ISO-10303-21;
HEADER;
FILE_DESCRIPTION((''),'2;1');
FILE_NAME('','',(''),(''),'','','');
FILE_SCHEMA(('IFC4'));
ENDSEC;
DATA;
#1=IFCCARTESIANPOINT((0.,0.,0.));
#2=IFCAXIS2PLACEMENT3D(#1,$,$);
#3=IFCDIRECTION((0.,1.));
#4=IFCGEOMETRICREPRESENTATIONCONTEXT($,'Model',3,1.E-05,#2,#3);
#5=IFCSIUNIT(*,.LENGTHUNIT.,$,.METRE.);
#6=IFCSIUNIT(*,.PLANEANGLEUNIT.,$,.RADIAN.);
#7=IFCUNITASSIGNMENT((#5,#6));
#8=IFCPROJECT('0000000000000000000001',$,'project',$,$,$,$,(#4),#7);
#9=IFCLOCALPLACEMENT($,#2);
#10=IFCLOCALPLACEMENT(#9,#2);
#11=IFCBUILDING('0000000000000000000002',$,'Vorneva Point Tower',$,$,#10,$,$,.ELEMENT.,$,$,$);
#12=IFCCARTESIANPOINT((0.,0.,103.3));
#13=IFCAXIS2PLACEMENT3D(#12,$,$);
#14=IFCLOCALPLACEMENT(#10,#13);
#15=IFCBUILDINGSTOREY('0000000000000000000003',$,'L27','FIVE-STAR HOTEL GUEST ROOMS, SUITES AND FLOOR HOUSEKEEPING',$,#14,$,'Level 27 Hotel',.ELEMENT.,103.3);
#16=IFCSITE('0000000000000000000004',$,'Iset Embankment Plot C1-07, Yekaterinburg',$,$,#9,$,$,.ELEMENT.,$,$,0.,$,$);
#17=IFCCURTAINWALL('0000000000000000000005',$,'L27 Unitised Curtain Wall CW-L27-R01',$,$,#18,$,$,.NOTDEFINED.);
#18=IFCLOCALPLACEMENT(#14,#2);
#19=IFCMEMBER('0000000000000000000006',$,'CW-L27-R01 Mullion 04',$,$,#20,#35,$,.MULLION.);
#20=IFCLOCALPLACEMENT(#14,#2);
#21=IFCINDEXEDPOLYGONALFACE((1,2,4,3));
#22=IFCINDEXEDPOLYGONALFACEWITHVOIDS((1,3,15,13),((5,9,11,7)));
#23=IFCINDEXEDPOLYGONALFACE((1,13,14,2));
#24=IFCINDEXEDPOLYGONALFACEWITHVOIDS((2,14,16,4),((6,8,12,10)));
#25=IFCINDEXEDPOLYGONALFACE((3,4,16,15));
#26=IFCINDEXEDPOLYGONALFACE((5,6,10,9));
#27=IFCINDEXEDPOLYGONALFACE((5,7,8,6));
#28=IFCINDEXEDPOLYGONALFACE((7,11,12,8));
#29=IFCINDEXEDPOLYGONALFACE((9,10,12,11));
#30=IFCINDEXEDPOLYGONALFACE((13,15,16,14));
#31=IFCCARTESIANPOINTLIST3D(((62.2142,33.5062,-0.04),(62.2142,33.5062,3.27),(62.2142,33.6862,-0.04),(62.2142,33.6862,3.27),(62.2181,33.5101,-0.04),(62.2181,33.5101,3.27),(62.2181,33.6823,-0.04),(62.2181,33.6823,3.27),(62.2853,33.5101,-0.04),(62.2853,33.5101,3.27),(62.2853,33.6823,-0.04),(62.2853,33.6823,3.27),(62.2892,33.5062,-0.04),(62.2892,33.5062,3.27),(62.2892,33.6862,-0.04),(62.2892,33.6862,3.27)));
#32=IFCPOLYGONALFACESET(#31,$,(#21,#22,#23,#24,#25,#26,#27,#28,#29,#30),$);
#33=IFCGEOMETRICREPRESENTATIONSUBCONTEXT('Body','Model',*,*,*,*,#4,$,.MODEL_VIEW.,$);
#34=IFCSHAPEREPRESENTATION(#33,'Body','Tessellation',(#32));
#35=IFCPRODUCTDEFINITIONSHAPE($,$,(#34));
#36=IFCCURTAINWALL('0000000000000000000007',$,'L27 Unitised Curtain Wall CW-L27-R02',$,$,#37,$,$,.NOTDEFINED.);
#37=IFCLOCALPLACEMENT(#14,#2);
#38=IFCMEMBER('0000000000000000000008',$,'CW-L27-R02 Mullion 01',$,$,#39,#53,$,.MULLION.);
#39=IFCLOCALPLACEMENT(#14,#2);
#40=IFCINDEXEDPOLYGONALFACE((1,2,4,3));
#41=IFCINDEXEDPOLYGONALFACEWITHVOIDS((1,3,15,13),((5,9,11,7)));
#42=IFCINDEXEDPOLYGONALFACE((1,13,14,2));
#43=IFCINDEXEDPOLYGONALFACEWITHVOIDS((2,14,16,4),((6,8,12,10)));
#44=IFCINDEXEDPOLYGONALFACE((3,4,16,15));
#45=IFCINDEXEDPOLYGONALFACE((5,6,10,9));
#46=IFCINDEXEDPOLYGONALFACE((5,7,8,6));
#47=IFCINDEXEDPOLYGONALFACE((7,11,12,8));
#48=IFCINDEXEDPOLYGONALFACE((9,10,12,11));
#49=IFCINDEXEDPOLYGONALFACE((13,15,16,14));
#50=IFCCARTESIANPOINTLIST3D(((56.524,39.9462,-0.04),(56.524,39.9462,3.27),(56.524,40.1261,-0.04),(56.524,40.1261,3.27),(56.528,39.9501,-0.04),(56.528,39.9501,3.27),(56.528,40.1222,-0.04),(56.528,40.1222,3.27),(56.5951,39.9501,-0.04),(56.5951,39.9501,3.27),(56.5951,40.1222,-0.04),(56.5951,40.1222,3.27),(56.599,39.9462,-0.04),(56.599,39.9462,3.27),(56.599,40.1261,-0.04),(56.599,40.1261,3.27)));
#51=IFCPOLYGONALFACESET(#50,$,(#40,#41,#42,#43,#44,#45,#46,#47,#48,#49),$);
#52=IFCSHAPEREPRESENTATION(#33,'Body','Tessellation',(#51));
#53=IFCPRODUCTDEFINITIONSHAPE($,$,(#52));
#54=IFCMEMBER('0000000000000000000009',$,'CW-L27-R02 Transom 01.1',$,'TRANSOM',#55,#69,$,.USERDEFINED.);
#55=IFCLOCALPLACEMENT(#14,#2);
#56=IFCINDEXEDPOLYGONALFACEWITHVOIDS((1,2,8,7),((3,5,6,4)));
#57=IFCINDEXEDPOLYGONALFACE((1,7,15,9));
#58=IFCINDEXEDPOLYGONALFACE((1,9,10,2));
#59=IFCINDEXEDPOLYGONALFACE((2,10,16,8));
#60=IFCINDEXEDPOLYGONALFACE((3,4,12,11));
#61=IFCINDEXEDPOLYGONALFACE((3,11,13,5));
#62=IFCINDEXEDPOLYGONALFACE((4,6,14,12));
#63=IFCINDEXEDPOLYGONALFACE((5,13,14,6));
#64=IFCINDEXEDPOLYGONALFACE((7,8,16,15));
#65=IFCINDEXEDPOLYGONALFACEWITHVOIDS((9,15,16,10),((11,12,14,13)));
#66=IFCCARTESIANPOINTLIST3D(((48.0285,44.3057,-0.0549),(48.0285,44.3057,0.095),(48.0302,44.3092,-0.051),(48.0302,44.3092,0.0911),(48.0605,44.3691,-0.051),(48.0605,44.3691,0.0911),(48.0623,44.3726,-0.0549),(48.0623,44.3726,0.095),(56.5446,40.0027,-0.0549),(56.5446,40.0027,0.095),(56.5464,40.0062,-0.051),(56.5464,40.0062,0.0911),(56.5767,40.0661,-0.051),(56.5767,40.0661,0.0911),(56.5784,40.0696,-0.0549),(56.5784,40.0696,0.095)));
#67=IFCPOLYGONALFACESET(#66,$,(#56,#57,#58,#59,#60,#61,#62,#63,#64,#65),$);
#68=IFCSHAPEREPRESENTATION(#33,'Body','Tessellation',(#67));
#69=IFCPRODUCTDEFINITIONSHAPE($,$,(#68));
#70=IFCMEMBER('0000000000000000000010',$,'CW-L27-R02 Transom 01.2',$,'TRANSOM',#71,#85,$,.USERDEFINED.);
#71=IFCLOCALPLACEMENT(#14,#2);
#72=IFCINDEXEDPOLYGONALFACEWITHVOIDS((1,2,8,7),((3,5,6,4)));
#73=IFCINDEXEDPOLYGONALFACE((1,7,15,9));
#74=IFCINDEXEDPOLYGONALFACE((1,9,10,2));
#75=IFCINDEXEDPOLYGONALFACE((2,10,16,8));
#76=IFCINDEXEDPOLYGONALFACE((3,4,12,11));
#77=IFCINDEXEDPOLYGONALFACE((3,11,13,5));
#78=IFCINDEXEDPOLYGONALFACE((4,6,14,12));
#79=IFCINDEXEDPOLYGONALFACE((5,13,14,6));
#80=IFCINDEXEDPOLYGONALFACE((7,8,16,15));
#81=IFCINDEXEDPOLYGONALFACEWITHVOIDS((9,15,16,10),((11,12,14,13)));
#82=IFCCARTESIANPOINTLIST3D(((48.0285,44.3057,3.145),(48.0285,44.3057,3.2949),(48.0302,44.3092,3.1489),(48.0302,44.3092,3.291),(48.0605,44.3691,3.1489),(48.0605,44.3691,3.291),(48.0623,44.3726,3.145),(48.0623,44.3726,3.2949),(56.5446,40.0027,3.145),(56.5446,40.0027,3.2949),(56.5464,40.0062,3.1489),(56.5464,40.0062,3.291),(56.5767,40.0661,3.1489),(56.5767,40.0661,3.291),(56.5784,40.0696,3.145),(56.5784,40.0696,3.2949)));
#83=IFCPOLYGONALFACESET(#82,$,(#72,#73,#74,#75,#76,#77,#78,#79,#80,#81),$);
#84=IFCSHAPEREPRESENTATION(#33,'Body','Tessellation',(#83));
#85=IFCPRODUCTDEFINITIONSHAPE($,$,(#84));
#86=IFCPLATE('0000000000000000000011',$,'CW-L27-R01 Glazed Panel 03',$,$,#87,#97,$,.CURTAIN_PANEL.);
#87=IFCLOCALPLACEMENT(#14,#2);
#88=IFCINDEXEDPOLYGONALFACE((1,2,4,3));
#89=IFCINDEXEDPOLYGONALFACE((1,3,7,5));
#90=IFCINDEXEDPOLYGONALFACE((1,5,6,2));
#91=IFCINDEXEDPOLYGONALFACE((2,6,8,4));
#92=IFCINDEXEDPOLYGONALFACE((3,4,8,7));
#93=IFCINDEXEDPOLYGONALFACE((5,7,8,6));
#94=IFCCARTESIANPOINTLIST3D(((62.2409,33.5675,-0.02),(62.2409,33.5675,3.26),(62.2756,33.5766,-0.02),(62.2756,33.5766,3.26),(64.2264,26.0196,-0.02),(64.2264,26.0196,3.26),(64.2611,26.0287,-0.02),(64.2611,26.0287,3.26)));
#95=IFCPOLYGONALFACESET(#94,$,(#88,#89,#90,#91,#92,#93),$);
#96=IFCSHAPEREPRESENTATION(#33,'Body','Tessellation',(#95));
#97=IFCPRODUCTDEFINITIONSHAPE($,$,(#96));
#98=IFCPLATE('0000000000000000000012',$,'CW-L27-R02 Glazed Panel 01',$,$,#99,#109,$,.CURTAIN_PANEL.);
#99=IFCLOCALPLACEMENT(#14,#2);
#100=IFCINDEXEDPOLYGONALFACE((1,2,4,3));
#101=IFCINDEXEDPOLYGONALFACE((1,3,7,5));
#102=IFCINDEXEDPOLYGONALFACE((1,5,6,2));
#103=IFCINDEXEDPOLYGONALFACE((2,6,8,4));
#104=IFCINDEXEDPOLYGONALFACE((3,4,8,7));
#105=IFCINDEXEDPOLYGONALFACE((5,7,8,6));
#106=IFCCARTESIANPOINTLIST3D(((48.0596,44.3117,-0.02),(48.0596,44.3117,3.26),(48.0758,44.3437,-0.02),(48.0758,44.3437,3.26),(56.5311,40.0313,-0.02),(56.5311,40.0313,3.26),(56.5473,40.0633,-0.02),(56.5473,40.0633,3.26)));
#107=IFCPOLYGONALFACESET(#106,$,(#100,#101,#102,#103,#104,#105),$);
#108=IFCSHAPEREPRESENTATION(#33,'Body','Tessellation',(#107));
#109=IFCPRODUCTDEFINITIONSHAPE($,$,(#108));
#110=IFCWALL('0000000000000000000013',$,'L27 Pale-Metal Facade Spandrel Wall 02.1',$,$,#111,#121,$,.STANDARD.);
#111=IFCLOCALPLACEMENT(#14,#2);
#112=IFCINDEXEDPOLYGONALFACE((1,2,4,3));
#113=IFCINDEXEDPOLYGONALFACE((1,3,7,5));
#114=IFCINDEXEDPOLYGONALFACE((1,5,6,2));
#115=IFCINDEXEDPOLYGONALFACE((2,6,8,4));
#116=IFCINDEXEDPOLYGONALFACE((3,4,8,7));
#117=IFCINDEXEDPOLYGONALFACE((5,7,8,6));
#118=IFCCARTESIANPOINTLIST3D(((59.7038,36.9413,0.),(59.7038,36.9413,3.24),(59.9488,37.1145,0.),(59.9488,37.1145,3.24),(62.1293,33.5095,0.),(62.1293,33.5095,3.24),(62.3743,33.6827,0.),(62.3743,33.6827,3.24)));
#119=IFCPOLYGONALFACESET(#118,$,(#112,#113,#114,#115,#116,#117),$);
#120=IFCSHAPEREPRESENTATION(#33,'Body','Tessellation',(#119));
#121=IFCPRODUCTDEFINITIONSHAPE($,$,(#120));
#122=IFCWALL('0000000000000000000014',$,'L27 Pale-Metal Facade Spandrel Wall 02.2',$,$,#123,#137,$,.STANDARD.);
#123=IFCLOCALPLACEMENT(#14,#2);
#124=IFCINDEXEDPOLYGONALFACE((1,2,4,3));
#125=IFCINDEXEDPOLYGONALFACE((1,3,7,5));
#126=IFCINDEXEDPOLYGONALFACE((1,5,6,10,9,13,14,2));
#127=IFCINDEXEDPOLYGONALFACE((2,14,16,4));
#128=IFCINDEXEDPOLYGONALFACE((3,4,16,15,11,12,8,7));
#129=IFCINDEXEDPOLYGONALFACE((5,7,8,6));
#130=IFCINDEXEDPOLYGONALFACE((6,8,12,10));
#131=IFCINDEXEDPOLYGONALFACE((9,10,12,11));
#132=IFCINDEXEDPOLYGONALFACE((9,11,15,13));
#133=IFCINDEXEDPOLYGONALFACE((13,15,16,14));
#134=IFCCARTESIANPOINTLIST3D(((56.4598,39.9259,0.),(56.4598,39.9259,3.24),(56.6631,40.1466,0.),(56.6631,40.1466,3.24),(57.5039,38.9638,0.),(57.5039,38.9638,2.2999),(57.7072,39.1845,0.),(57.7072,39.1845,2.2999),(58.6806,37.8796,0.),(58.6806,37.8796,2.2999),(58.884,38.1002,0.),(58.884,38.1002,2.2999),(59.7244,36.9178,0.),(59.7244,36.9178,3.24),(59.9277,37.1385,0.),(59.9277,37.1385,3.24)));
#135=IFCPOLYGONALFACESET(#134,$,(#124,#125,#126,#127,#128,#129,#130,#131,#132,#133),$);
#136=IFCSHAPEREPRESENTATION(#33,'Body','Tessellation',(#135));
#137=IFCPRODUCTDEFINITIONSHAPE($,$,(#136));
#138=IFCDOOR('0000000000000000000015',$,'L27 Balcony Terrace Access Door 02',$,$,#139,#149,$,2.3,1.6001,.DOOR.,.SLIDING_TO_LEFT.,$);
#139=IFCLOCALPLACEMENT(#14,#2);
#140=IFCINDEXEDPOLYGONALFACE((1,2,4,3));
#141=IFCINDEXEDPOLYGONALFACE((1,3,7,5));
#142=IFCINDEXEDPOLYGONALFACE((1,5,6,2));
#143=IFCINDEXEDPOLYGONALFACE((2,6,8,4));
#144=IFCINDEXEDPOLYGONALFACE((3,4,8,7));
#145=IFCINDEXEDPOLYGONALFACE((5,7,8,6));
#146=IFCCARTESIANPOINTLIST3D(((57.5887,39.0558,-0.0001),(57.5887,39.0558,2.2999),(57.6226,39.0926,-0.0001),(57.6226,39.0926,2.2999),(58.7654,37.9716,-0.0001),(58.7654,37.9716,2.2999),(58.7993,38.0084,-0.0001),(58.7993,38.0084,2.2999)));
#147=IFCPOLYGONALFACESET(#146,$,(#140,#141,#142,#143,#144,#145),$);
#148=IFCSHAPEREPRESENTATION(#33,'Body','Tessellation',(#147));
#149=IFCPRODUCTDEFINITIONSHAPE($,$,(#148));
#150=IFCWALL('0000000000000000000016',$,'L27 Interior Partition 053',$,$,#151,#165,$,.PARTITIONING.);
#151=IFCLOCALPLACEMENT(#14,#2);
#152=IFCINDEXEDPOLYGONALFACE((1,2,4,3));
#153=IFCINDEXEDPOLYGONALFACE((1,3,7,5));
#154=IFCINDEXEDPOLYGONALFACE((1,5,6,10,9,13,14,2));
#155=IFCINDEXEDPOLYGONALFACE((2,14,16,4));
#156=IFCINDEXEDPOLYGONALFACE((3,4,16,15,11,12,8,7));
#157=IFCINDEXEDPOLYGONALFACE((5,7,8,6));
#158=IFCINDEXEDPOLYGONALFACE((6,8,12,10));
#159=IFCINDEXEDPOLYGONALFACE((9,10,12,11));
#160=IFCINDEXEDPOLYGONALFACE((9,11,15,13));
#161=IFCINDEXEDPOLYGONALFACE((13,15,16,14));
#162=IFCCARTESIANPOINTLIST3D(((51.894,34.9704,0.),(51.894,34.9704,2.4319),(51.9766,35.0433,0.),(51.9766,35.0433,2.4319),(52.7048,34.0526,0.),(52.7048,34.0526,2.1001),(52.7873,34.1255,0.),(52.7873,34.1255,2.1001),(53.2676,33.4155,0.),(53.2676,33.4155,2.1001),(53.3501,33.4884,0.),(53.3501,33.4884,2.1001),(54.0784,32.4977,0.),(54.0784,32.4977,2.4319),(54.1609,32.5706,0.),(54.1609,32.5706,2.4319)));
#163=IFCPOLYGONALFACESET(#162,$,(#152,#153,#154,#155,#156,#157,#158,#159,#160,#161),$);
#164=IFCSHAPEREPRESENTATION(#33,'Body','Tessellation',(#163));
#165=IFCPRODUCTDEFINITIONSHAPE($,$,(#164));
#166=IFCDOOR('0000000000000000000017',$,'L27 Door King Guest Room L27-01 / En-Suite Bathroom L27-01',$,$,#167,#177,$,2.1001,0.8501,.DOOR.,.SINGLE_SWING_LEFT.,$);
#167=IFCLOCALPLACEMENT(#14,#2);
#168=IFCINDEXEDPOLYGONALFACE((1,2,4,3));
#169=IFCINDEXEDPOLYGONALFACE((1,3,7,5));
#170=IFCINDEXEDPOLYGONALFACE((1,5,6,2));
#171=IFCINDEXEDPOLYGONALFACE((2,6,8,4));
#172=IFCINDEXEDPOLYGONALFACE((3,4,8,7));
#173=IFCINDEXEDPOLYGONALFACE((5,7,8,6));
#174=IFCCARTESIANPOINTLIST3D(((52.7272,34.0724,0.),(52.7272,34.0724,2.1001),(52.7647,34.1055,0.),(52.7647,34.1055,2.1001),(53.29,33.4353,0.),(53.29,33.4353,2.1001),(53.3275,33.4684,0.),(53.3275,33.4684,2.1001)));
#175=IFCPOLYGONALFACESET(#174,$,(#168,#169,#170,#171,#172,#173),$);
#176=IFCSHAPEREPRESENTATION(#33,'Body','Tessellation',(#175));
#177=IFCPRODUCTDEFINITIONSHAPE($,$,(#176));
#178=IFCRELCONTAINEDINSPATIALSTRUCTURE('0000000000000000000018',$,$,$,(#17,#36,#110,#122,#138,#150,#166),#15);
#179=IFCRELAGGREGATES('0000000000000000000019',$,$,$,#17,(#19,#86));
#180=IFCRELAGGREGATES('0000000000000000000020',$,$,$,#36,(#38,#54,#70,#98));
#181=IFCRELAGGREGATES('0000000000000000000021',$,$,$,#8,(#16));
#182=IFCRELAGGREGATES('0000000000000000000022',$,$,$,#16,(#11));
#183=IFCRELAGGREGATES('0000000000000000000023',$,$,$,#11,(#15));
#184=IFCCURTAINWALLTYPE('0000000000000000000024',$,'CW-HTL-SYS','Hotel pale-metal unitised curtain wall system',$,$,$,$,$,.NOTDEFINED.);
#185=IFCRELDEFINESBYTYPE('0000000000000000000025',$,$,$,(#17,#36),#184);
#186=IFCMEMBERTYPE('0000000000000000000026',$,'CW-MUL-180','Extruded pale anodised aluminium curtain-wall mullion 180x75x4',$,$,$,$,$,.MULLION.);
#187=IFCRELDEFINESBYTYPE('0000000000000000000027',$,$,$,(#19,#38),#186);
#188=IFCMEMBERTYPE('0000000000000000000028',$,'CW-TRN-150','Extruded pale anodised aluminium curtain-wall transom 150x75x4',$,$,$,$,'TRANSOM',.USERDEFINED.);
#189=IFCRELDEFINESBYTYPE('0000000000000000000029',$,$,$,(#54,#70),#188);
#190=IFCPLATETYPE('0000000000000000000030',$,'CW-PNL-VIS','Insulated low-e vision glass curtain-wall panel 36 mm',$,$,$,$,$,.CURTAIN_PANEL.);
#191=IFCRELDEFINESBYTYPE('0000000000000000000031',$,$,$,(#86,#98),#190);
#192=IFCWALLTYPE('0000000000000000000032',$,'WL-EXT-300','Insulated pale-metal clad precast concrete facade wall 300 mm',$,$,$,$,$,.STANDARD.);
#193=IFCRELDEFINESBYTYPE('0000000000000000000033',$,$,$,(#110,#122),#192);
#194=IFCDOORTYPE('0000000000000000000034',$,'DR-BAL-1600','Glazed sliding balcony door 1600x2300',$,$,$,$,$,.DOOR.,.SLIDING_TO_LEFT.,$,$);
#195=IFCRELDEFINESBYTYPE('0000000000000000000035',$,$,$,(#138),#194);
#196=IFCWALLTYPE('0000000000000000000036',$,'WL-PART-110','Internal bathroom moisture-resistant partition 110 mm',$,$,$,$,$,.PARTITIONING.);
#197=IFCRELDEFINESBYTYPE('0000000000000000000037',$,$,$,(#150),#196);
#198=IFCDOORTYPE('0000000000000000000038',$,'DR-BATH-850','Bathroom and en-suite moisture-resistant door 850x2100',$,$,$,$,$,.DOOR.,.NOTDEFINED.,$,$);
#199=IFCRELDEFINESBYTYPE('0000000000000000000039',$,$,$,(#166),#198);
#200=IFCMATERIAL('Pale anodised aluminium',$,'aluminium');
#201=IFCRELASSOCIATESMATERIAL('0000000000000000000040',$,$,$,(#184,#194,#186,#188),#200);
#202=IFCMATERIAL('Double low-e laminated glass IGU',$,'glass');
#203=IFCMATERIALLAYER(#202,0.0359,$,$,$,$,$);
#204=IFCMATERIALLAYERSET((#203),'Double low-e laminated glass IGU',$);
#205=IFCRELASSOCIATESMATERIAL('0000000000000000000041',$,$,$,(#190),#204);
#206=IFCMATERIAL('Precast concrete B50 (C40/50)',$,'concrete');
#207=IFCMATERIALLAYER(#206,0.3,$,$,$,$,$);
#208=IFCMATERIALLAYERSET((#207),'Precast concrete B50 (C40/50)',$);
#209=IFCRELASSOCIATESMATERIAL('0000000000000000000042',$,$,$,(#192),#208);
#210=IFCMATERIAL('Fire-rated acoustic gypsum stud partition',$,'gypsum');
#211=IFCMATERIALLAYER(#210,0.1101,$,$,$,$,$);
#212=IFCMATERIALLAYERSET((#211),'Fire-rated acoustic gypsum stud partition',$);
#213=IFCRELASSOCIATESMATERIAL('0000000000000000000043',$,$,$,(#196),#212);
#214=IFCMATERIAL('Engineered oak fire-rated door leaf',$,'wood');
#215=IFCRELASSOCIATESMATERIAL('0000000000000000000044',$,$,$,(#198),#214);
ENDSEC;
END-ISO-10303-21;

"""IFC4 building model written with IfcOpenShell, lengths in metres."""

from ifc_helpers import new_model, si_unit, direction, frame, frame_2d, origin, origin_2d, place, context, subcontext, project, spatial, rectangle, hollow_rectangle, extrude, material, layer, layer_set, material_profile, profile_set, type_object, element, fill, aggregate, save


model = new_model("IFC4")

# Units and contexts
model_context = context("Model", 3, precision=1e-05, world=origin(), true_north=direction((0.0, 1.0)))
body_context = subcontext(model_context, "Body", "Model", "MODEL_VIEW")
ifc_project = project(units=[si_unit("LENGTHUNIT", "METRE"), si_unit("PLANEANGLEUNIT", "RADIAN")], contexts=[model_context])

# Site, building, storey
site_placement = place(None, origin())
site = spatial("IfcSite", under=ifc_project, at=site_placement, Name="Iset Embankment Plot C1-07, Yekaterinburg", CompositionType="ELEMENT", RefElevation=0.0)
building_placement = place(site_placement, origin())
building = spatial("IfcBuilding", under=site, at=building_placement, Name="Vorneva Point Tower", CompositionType="ELEMENT")
storey_placement = place(building_placement, frame((0.0, 0.0, 103.3)))
storey = spatial("IfcBuildingStorey", under=building, at=storey_placement, Name="L27", Description="FIVE-STAR HOTEL GUEST ROOMS, SUITES AND FLOOR HOUSEKEEPING", LongName="Level 27 Hotel", CompositionType="ELEMENT", Elevation=103.3)

# Curtain wall, member
ifc_material_1 = material(Name="Pale anodised aluminium", Category="aluminium")
curtain_wall_type = type_object("IfcCurtainWallType", Name="CW-HTL-SYS", Description="Hotel pale-metal unitised curtain wall system", PredefinedType="NOTDEFINED", material=ifc_material_1)
curtain_wall_1_placement = place(storey_placement, origin())
curtain_wall_1 = element("IfcCurtainWall", 1, at=curtain_wall_1_placement, inside=storey, type_object=curtain_wall_type, Name="L27 Unitised Curtain Wall CW-L27-R01", PredefinedType="NOTDEFINED")
ifc_material_profile_1 = material_profile(ifc_material_1, hollow_rectangle(XDim=0.075, YDim=0.1799, WallThickness=0.0039, at=origin_2d()), Name="AL-MUL 180x75x4")
ifc_profile_set_1 = profile_set([ifc_material_profile_1], Name="Pale anodised aluminium")
member_type_1 = type_object("IfcMemberType", Name="CW-MUL-180", Description="Extruded pale anodised aluminium curtain-wall mullion 180x75x4", PredefinedType="MULLION", material=ifc_profile_set_1)
member_1_placement = place(storey_placement, frame((62.2517, 33.5962, -0.04), z_axis=(0.0, 0.0, 1.0), x_axis=(1.0, 0.0, 0.0)))
member_1 = element("IfcMember", 2, at=member_1_placement, type_object=member_type_1, Name="CW-L27-R01 Mullion 04", PredefinedType="MULLION", context=body_context, shape_type="SweptSolid", body=[
    extrude(hollow_rectangle(XDim=0.075, YDim=0.1799, WallThickness=0.0039, at=origin_2d()), origin(), (0.0, 0.0, 1.0), 3.3101),
])

# Curtain wall, members
curtain_wall_2_placement = place(storey_placement, origin())
curtain_wall_2 = element("IfcCurtainWall", 3, at=curtain_wall_2_placement, inside=storey, type_object=curtain_wall_type, Name="L27 Unitised Curtain Wall CW-L27-R02", PredefinedType="NOTDEFINED")
member_2_placement = place(storey_placement, frame((56.5615, 40.0361, -0.04), z_axis=(0.0, 0.0, 1.0), x_axis=(1.0, 0.0, 0.0)))
member_2 = element("IfcMember", 4, at=member_2_placement, type_object=member_type_1, Name="CW-L27-R02 Mullion 01", PredefinedType="MULLION", context=body_context, shape_type="SweptSolid", body=[
    extrude(hollow_rectangle(XDim=0.075, YDim=0.1799, WallThickness=0.0039, at=origin_2d()), origin(), (0.0, 0.0, 1.0), 3.3101),
])
ifc_material_profile_2 = material_profile(ifc_material_1, hollow_rectangle(XDim=0.075, YDim=0.1499, WallThickness=0.0039, at=origin_2d()), Name="AL-TRN 150x75x4")
ifc_profile_set_2 = profile_set([ifc_material_profile_2], Name="Pale anodised aluminium")
member_type_2 = type_object("IfcMemberType", Name="CW-TRN-150", Description="Extruded pale anodised aluminium curtain-wall transom 150x75x4", ElementType="TRANSOM", PredefinedType="USERDEFINED", material=ifc_profile_set_2)
member_3_placement = place(storey_placement, frame((56.5615, 40.0361, 0.02), z_axis=(-0.892536, 0.450976, 0.0), x_axis=(-0.450976, -0.892536, 0.0)))
member_3 = element("IfcMember", 5, at=member_3_placement, type_object=member_type_2, Name="CW-L27-R02 Transom 01.1", ObjectType="TRANSOM", PredefinedType="USERDEFINED", context=body_context, shape_type="SweptSolid", body=[
    extrude(hollow_rectangle(XDim=0.075, YDim=0.1499, WallThickness=0.0039, at=origin_2d()), origin(), (0.0, 0.0, 1.0), 9.5415),
])
member_4_placement = place(storey_placement, frame((56.5615, 40.0361, 3.22), z_axis=(-0.892536, 0.450976, 0.0), x_axis=(-0.450976, -0.892536, 0.0)))
member_4 = element("IfcMember", 6, at=member_4_placement, type_object=member_type_2, Name="CW-L27-R02 Transom 01.2", ObjectType="TRANSOM", PredefinedType="USERDEFINED", context=body_context, shape_type="SweptSolid", body=[
    extrude(hollow_rectangle(XDim=0.075, YDim=0.1499, WallThickness=0.0039, at=origin_2d()), origin(), (0.0, 0.0, 1.0), 9.5415),
])

# Plates
ifc_material_2 = material(Name="Double low-e laminated glass IGU", Category="glass")
ifc_layer_1 = layer(ifc_material_2, 0.0359)
ifc_layer_set_1 = layer_set([ifc_layer_1], Name="Double low-e laminated glass IGU")
plate_type = type_object("IfcPlateType", Name="CW-PNL-VIS", Description="Insulated low-e vision glass curtain-wall panel 36 mm", PredefinedType="CURTAIN_PANEL", material=ifc_layer_set_1)
plate_1_placement = place(storey_placement, frame((63.251, 29.7981, -0.02), z_axis=(0.0, 0.0, 1.0), x_axis=(-0.254399, 0.967099, 0.0)))
plate_1 = element("IfcPlate", 7, at=plate_1_placement, type_object=plate_type, Name="CW-L27-R01 Glazed Panel 03", PredefinedType="CURTAIN_PANEL", context=body_context, shape_type="SweptSolid", body=[
    extrude(rectangle(XDim=7.8047, YDim=0.0359, at=origin_2d()), origin(), (0.0, 0.0, 1.0), 3.28),
])
aggregate(curtain_wall_1, [member_1, plate_1])
plate_2_placement = place(storey_placement, frame((52.3035, 42.1875, -0.02), z_axis=(0.0, 0.0, 1.0), x_axis=(-0.892539, 0.450971, 0.0)))
plate_2 = element("IfcPlate", 8, at=plate_2_placement, type_object=plate_type, Name="CW-L27-R02 Glazed Panel 01", PredefinedType="CURTAIN_PANEL", context=body_context, shape_type="SweptSolid", body=[
    extrude(rectangle(XDim=9.4915, YDim=0.0359, at=origin_2d()), origin(), (0.0, 0.0, 1.0), 3.28),
])
aggregate(curtain_wall_2, [member_2, member_3, member_4, plate_2])

# Wall
ifc_material_3 = material(Name="Precast concrete B50 (C40/50)", Category="concrete")
ifc_layer_2 = layer(ifc_material_3, 0.3)
ifc_layer_set_2 = layer_set([ifc_layer_2], Name="Precast concrete B50 (C40/50)")
wall_type_1 = type_object("IfcWallType", Name="WL-EXT-300", Description="Insulated pale-metal clad precast concrete facade wall 300 mm", PredefinedType="STANDARD", material=ifc_layer_set_2)
wall_1_placement = place(storey_placement, frame((62.2517, 33.5962, 0.0), z_axis=(0.0, 0.0, 1.0), x_axis=(-0.577164, 0.816628, 0.0)))
element("IfcWall", 9, at=wall_1_placement, inside=storey, type_object=wall_type_1, Name="L27 Pale-Metal Facade Spandrel Wall 02.1", PredefinedType="STANDARD", context=body_context, shape_type="SweptSolid", body=[
    extrude(rectangle(XDim=4.2024, YDim=0.3, at=frame_2d((2.1011, 0.0))), origin(), (0.0, 0.0, 1.0), 3.24),
])

# Walls, openings, doors
wall_2_placement = place(storey_placement, frame((59.8262, 37.0281, 0.0), z_axis=(0.0, 0.0, 1.0), x_axis=(-0.735417, 0.677615, 0.0)))
wall_2 = element("IfcWall", 10, at=wall_2_placement, inside=storey, type_object=wall_type_1, Name="L27 Pale-Metal Facade Spandrel Wall 02.2", PredefinedType="STANDARD", context=body_context, shape_type="SweptSolid", body=[
    extrude(rectangle(XDim=4.4392, YDim=0.3, at=frame_2d((2.2197, 0.0))), origin(), (0.0, 0.0, 1.0), 3.24),
])
opening_1_placement = place(wall_2_placement, frame((1.4194, 0.0, 0.0)))
opening_1 = element("IfcOpeningElement", 11, at=opening_1_placement, cuts=wall_2, PredefinedType="OPENING", context=body_context, shape_type="SweptSolid", body=[
    extrude(rectangle(XDim=1.6001, YDim=2.3, at=frame_2d((0.8, 1.1499))), frame((0.0, 0.165, 0.0), z_axis=(0.0, -1.0, 0.0), x_axis=(1.0, 0.0, 0.0)), (0.0, 0.0, 1.0), 0.3298),
])
door_type_1 = type_object("IfcDoorType", Name="DR-BAL-1600", Description="Glazed sliding balcony door 1600x2300", OperationType="SLIDING_TO_LEFT", PredefinedType="DOOR", material=ifc_material_1)
door_1_placement = place(opening_1_placement, origin())
door_1 = element("IfcDoor", 12, at=door_1_placement, inside=storey, type_object=door_type_1, Name="L27 Balcony Terrace Access Door 02", OperationType="SLIDING_TO_LEFT", OverallHeight=2.3, OverallWidth=1.6001, PredefinedType="DOOR", context=body_context, shape_type="SweptSolid", body=[
    extrude(rectangle(XDim=1.6001, YDim=2.3, at=frame_2d((0.8, 1.1499))), frame((0.0, 0.0249, 0.0), z_axis=(0.0, -1.0, 0.0), x_axis=(1.0, 0.0, 0.0)), (0.0, 0.0, 1.0), 0.05),
])
fill(opening_1, door_1)
ifc_material_4 = material(Name="Fire-rated acoustic gypsum stud partition", Category="gypsum")
ifc_layer_3 = layer(ifc_material_4, 0.1101)
ifc_layer_set_3 = layer_set([ifc_layer_3], Name="Fire-rated acoustic gypsum stud partition")
wall_type_2 = type_object("IfcWallType", Name="WL-PART-110", Description="Internal bathroom moisture-resistant partition 110 mm", PredefinedType="PARTITIONING", material=ifc_layer_set_3)
wall_3_placement = place(storey_placement, frame((51.9353, 35.0068, 0.0), z_axis=(0.0, 0.0, 1.0), x_axis=(0.66206, -0.749451, 0.0)))
wall_3 = element("IfcWall", 13, at=wall_3_placement, inside=storey, type_object=wall_type_2, Name="L27 Interior Partition 053", PredefinedType="PARTITIONING", context=body_context, shape_type="SweptSolid", body=[
    extrude(rectangle(XDim=3.2993, YDim=0.1101, at=frame_2d((1.6497, 0.0))), origin(), (0.0, 0.0, 1.0), 2.4319),
])
opening_2_placement = place(wall_3_placement, frame((1.2246, 0.0, 0.0)))
opening_2 = element("IfcOpeningElement", 14, at=opening_2_placement, cuts=wall_3, PredefinedType="OPENING", context=body_context, shape_type="SweptSolid", body=[
    extrude(rectangle(XDim=0.8501, YDim=2.1001, at=frame_2d((0.425, 1.05))), frame((0.0, 0.0698, 0.0), z_axis=(0.0, -1.0, 0.0), x_axis=(1.0, 0.0, 0.0)), (0.0, 0.0, 1.0), 0.1399),
])
ifc_material_5 = material(Name="Engineered oak fire-rated door leaf", Category="wood")
door_type_2 = type_object("IfcDoorType", Name="DR-BATH-850", Description="Bathroom and en-suite moisture-resistant door 850x2100", OperationType="NOTDEFINED", PredefinedType="DOOR", material=ifc_material_5)
door_2_placement = place(opening_2_placement, origin())
door_2 = element("IfcDoor", 15, at=door_2_placement, inside=storey, type_object=door_type_2, Name="L27 Door King Guest Room L27-01 / En-Suite Bathroom L27-01", OperationType="SINGLE_SWING_LEFT", OverallHeight=2.1001, OverallWidth=0.8501, PredefinedType="DOOR", context=body_context, shape_type="SweptSolid", body=[
    extrude(rectangle(XDim=0.8501, YDim=2.1001, at=frame_2d((0.425, 1.05))), frame((0.0, 0.0249, 0.0), z_axis=(0.0, -1.0, 0.0), x_axis=(1.0, 0.0, 0.0)), (0.0, 0.0, 1.0), 0.05),
])
fill(opening_2, door_2)

save(model, "model.ifc")
